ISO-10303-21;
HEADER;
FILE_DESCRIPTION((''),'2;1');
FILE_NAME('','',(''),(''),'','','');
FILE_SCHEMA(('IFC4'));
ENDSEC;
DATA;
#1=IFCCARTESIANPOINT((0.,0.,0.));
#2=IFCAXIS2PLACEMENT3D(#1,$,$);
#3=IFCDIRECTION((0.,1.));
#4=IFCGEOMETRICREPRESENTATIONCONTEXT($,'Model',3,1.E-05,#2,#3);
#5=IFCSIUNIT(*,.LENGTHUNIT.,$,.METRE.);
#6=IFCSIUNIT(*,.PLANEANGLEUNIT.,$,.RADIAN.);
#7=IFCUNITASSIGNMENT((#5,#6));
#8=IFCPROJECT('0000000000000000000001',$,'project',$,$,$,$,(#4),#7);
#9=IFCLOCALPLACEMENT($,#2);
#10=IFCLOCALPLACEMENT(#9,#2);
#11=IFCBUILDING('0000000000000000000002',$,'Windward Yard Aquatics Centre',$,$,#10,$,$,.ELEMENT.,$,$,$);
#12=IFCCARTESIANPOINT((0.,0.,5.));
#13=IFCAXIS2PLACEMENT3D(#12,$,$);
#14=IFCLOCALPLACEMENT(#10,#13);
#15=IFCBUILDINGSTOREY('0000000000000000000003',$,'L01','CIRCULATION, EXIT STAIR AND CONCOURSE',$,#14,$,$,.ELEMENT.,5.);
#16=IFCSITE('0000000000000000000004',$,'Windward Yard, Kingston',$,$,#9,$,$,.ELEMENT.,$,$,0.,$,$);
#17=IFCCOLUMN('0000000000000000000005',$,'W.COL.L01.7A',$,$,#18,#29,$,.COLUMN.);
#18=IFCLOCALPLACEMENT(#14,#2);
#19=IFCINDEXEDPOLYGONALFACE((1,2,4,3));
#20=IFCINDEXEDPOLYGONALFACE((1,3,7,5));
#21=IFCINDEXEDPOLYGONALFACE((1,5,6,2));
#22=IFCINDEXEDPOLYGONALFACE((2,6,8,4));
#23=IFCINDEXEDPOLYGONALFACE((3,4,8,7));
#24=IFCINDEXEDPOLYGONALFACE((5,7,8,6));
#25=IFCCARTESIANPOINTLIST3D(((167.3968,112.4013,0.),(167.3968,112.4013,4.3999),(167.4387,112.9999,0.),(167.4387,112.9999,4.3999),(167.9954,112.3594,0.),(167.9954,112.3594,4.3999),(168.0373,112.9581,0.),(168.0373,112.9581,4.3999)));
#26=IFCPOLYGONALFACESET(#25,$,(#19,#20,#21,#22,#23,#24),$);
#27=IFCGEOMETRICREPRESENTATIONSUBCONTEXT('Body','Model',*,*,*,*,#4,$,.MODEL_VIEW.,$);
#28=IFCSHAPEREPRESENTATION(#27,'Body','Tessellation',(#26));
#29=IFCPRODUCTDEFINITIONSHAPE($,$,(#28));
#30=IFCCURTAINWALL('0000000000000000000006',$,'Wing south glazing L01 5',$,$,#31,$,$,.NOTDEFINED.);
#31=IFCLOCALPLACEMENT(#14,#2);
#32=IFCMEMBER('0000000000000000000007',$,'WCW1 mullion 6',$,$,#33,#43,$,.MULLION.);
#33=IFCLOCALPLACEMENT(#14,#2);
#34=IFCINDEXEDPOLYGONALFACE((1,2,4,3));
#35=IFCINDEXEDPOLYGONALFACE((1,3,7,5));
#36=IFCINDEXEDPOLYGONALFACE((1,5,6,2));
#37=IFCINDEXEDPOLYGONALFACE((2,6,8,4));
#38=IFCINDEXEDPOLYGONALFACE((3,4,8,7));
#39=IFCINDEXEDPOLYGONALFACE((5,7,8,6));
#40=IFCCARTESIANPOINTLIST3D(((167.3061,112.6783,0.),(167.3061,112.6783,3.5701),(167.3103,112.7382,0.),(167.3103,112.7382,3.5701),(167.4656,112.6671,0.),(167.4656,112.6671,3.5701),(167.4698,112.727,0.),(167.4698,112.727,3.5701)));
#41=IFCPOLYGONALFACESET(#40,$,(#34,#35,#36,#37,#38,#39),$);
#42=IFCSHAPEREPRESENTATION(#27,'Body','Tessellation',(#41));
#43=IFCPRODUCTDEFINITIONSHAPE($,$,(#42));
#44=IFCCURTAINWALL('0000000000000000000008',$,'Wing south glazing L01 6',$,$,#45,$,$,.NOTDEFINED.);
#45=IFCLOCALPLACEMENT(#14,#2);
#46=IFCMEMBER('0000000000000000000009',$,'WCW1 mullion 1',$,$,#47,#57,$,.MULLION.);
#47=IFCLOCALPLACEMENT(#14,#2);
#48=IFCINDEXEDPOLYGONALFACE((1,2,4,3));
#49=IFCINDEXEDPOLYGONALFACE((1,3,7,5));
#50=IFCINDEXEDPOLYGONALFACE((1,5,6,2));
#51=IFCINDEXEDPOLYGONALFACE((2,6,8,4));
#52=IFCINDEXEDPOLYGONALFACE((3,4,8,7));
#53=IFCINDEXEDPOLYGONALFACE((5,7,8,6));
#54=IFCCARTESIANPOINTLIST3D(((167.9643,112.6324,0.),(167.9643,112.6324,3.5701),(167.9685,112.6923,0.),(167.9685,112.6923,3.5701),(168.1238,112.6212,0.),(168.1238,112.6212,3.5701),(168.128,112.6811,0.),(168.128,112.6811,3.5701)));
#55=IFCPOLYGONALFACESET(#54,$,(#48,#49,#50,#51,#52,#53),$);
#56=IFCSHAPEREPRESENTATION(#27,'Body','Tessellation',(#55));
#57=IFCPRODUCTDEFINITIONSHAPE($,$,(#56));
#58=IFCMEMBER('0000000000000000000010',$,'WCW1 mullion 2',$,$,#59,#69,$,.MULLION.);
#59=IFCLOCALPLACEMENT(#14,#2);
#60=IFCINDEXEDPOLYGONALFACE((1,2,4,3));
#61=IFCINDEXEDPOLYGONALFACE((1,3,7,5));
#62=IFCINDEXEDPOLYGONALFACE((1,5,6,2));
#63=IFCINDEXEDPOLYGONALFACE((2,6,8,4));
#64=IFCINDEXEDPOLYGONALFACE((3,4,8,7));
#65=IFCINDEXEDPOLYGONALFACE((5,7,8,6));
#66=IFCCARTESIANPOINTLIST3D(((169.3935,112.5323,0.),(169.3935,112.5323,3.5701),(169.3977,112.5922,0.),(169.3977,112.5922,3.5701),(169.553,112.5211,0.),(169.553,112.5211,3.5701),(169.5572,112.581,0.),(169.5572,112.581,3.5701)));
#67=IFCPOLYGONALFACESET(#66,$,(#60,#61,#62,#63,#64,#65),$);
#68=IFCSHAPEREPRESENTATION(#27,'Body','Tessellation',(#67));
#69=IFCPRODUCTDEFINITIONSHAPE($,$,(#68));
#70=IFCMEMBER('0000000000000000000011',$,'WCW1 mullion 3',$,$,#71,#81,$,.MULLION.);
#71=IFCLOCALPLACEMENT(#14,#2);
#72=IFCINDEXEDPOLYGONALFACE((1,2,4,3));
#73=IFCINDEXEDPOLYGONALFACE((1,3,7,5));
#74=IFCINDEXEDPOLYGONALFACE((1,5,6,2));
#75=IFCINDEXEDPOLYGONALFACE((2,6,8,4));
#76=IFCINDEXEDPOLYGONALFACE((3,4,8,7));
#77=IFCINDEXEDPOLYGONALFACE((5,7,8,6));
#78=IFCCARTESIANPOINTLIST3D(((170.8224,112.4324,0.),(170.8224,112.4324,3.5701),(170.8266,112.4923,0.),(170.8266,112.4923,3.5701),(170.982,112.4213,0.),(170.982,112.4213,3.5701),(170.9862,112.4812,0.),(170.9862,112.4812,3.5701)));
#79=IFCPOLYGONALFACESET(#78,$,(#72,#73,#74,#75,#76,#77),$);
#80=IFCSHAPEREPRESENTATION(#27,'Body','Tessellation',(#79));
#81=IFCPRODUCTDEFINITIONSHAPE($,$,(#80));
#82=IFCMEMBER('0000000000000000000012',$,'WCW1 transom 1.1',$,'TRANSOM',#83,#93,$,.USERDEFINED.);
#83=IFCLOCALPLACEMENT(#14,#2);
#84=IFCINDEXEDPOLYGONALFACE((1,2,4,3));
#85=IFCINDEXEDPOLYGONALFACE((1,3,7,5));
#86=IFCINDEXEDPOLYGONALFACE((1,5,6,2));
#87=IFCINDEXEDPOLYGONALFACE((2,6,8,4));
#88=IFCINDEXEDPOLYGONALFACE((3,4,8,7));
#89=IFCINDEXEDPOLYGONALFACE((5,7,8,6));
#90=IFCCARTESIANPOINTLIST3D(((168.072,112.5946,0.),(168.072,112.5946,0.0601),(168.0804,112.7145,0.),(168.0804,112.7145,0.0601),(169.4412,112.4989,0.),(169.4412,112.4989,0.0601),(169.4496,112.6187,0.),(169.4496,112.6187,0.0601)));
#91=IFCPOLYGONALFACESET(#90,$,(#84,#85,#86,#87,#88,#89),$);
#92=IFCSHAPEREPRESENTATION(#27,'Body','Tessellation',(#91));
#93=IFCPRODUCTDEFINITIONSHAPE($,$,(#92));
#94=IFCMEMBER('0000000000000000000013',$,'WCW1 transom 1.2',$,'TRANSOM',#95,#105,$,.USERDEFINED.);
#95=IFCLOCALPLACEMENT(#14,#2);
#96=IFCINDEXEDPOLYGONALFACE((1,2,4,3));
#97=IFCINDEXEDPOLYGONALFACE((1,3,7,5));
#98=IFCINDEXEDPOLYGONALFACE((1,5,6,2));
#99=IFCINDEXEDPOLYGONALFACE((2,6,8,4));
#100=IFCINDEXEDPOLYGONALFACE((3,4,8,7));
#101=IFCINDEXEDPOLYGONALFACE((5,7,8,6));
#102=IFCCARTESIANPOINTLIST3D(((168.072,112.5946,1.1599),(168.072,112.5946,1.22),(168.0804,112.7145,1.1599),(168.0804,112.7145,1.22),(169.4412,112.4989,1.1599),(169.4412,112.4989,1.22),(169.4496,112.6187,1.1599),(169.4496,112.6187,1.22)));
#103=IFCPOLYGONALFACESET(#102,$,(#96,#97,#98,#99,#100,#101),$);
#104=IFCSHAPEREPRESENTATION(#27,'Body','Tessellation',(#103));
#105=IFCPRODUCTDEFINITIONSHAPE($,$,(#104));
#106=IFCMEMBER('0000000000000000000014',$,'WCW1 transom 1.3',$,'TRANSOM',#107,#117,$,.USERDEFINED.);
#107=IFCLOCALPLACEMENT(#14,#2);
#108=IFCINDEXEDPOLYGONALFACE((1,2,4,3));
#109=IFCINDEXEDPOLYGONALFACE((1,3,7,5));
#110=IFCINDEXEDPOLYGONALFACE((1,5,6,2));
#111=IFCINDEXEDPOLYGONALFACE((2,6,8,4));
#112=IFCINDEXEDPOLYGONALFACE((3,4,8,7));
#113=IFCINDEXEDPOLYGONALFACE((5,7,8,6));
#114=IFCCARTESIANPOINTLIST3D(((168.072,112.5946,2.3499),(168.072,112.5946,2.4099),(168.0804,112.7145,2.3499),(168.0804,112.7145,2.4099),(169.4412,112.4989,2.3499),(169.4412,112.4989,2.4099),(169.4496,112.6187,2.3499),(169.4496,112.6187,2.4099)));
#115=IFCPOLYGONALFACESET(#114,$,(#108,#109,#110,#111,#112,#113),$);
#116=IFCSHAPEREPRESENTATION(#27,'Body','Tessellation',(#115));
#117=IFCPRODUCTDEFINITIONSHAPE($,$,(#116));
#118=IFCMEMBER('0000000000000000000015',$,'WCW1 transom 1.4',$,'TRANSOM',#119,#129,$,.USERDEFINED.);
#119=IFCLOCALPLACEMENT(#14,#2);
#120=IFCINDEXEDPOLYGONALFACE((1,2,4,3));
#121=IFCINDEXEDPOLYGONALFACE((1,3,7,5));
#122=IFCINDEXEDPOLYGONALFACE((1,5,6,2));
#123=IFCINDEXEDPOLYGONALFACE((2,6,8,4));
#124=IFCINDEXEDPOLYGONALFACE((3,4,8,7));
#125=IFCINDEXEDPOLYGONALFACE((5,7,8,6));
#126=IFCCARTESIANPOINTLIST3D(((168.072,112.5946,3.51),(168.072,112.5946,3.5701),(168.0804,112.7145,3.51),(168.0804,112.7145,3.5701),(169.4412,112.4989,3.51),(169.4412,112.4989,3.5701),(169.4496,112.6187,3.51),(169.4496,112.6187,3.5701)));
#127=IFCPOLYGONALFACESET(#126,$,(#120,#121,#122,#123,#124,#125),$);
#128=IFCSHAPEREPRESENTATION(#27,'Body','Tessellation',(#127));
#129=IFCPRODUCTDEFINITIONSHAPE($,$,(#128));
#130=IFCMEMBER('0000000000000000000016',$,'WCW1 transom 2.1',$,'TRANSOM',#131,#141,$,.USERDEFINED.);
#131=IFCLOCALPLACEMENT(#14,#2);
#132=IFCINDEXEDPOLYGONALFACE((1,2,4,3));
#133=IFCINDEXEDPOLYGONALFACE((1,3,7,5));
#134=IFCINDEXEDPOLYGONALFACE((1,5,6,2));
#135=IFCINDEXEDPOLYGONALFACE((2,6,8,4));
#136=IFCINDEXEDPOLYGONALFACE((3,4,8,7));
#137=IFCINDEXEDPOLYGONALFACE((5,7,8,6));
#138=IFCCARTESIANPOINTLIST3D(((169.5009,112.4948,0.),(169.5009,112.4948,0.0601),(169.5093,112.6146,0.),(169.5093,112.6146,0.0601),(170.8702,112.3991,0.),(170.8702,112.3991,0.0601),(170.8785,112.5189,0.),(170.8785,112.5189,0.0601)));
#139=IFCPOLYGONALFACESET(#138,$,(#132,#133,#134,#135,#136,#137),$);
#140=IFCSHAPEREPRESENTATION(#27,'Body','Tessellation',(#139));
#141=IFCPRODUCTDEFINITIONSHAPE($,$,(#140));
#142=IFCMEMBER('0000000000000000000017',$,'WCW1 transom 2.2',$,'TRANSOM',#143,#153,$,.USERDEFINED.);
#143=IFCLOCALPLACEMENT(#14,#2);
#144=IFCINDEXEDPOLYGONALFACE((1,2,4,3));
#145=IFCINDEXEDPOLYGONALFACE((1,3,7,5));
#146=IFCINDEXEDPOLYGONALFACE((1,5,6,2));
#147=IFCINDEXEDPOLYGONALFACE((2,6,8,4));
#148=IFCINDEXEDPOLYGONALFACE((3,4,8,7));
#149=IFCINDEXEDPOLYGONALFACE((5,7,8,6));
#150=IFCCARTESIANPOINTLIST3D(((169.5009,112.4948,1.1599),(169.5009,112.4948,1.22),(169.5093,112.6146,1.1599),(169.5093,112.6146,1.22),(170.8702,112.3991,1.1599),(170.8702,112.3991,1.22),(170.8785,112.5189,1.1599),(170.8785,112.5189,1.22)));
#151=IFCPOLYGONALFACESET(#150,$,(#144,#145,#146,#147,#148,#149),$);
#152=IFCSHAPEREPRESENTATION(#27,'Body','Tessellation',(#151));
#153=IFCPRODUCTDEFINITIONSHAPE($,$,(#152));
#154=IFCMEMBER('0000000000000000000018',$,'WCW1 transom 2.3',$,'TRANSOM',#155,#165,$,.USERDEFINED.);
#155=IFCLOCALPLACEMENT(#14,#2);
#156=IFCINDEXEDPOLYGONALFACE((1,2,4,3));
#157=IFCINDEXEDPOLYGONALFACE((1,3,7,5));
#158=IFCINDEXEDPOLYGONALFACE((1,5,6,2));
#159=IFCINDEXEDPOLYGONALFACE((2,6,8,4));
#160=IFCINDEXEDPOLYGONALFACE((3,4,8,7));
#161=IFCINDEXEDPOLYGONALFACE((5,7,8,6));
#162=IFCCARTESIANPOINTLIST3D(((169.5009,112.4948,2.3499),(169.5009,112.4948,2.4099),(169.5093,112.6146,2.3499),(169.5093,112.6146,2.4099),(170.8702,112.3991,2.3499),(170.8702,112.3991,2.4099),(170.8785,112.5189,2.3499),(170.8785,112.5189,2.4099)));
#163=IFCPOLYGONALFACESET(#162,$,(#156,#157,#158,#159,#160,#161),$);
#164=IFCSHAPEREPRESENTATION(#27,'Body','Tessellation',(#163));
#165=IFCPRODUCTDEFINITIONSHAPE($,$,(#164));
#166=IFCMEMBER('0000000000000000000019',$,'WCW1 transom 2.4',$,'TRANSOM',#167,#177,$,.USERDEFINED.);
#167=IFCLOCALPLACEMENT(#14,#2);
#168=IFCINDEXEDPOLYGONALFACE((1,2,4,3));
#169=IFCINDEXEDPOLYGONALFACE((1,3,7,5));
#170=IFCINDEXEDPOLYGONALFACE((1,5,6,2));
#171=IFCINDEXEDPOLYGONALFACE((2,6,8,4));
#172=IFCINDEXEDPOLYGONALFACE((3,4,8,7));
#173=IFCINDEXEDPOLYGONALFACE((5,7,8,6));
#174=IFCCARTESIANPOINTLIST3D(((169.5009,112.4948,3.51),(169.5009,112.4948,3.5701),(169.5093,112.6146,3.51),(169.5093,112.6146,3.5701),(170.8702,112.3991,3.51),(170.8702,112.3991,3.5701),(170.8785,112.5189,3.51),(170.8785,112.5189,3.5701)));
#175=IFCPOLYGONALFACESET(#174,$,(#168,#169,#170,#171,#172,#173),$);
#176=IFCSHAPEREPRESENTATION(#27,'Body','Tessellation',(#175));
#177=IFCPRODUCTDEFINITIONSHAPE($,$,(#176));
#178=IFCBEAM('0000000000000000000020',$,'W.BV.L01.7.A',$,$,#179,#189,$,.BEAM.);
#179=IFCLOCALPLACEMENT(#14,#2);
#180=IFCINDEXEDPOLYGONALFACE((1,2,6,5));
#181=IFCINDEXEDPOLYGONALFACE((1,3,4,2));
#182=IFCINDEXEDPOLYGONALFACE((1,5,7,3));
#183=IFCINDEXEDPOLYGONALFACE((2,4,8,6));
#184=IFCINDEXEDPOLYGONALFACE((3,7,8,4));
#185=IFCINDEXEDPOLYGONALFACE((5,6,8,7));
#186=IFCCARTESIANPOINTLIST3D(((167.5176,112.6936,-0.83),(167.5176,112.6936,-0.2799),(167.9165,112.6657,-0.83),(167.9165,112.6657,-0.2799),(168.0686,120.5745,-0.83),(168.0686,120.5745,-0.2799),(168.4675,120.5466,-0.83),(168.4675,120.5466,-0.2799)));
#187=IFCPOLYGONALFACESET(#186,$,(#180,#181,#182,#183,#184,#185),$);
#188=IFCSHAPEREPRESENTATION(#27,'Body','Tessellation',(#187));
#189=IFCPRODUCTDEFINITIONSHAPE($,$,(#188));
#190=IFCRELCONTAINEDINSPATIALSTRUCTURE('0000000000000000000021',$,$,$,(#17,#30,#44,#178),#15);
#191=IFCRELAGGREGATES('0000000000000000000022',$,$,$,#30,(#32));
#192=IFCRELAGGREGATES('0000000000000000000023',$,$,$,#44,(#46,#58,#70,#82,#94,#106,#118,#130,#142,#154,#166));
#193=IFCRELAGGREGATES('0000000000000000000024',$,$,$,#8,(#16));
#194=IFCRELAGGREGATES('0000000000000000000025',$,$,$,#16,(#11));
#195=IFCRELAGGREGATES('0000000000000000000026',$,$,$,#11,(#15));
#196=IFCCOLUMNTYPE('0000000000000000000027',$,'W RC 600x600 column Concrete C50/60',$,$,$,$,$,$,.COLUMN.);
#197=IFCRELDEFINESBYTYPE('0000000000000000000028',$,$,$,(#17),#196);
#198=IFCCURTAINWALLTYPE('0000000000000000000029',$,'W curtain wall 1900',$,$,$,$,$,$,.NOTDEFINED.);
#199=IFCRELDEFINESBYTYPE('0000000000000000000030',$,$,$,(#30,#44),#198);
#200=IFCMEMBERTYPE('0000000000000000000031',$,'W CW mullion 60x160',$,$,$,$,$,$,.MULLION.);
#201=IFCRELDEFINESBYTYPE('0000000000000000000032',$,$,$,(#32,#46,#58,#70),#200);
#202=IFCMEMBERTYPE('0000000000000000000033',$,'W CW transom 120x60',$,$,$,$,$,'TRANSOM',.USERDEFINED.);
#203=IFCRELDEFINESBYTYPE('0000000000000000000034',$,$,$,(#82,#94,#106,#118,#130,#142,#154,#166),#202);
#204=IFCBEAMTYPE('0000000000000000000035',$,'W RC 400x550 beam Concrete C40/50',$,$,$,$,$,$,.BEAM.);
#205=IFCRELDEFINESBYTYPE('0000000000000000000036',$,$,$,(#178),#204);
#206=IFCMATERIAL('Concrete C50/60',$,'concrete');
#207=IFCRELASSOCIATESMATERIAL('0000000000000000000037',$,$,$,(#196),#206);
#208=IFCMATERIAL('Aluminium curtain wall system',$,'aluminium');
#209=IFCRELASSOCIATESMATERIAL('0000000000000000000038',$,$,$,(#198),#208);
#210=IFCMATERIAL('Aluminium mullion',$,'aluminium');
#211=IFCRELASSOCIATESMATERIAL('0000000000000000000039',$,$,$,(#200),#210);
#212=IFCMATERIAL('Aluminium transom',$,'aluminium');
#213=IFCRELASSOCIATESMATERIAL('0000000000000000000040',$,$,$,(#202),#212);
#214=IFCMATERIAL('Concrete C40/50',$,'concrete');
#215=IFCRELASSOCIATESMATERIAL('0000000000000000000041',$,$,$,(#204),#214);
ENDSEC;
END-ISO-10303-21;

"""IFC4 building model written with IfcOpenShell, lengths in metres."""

from ifc_helpers import new_model, si_unit, direction, frame, origin, origin_2d, place, context, subcontext, project, spatial, rectangle, extrude, material, material_profile, profile_set, type_object, element, aggregate, save


model = new_model("IFC4")

# Units and contexts
model_context = context("Model", 3, precision=1e-05, world=origin(), true_north=direction((0.0, 1.0)))
body_context = subcontext(model_context, "Body", "Model", "MODEL_VIEW")
ifc_project = project(units=[si_unit("LENGTHUNIT", "METRE"), si_unit("PLANEANGLEUNIT", "RADIAN")], contexts=[model_context])

# Site, building, storey
site_placement = place(None, origin())
site = spatial("IfcSite", under=ifc_project, at=site_placement, Name="Windward Yard, Kingston", CompositionType="ELEMENT", RefElevation=0.0)
building_placement = place(site_placement, origin())
building = spatial("IfcBuilding", under=site, at=building_placement, Name="Windward Yard Aquatics Centre", CompositionType="ELEMENT")
storey_placement = place(building_placement, frame((0.0, 0.0, 5.0)))
storey = spatial("IfcBuildingStorey", under=building, at=storey_placement, Name="L01", Description="CIRCULATION, EXIT STAIR AND CONCOURSE", CompositionType="ELEMENT", Elevation=5.0)

# Column
ifc_material_1 = material(Name="Concrete C50/60", Category="concrete")
ifc_material_profile_1 = material_profile(ifc_material_1, rectangle(XDim=0.6001, YDim=0.6001, at=origin_2d()), Name="RC 600x600")
ifc_profile_set_1 = profile_set([ifc_material_profile_1], Name="Concrete C50/60")
column_type = type_object("IfcColumnType", Name="W RC 600x600 column Concrete C50/60", PredefinedType="COLUMN", material=ifc_profile_set_1)
column_placement = place(storey_placement, frame((167.717, 112.6797, 0.0), z_axis=(0.0, 0.0, 1.0), x_axis=(0.997564, -0.069756, 0.0)))
element("IfcColumn", 1, at=column_placement, inside=storey, type_object=column_type, Name="W.COL.L01.7A", PredefinedType="COLUMN", context=body_context, shape_type="SweptSolid", body=[
    extrude(rectangle(XDim=0.6001, YDim=0.6001, at=origin_2d()), origin(), (0.0, 0.0, 1.0), 4.3999),
])

# Curtain wall, member
ifc_material_2 = material(Name="Aluminium curtain wall system", Category="aluminium")
curtain_wall_type = type_object("IfcCurtainWallType", Name="W curtain wall 1900", PredefinedType="NOTDEFINED", material=ifc_material_2)
curtain_wall_1_placement = place(storey_placement, origin())
curtain_wall_1 = element("IfcCurtainWall", 2, at=curtain_wall_1_placement, inside=storey, type_object=curtain_wall_type, Name="Wing south glazing L01 5", PredefinedType="NOTDEFINED")
ifc_material_3 = material(Name="Aluminium mullion", Category="aluminium")
ifc_material_profile_2 = material_profile(ifc_material_3, rectangle(XDim=0.0601, YDim=0.1599, at=origin_2d()), Name="AL 60x160")
ifc_profile_set_2 = profile_set([ifc_material_profile_2], Name="Aluminium mullion")
member_type_1 = type_object("IfcMemberType", Name="W CW mullion 60x160", PredefinedType="MULLION", material=ifc_profile_set_2)
member_1_placement = place(storey_placement, frame((167.3879, 112.7026, 0.0), z_axis=(0.0, 0.0, 1.0), x_axis=(0.069755, 0.997564, 0.0)))
member_1 = element("IfcMember", 3, at=member_1_placement, type_object=member_type_1, Name="WCW1 mullion 6", PredefinedType="MULLION", context=body_context, shape_type="SweptSolid", body=[
    extrude(rectangle(XDim=0.0601, YDim=0.1599, at=origin_2d()), origin(), (0.0, 0.0, 1.0), 3.5701),
])

# Curtain wall, members
curtain_wall_2_placement = place(storey_placement, origin())
curtain_wall_2 = element("IfcCurtainWall", 4, at=curtain_wall_2_placement, inside=storey, type_object=curtain_wall_type, Name="Wing south glazing L01 6", PredefinedType="NOTDEFINED")
member_2_placement = place(storey_placement, frame((168.0461, 112.6567, 0.0), z_axis=(0.0, 0.0, 1.0), x_axis=(0.069777, 0.997563, 0.0)))
member_2 = element("IfcMember", 5, at=member_2_placement, type_object=member_type_1, Name="WCW1 mullion 1", PredefinedType="MULLION", context=body_context, shape_type="SweptSolid", body=[
    extrude(rectangle(XDim=0.0601, YDim=0.1599, at=origin_2d()), origin(), (0.0, 0.0, 1.0), 3.5701),
])
member_3_placement = place(storey_placement, frame((169.4753, 112.5566, 0.0), z_axis=(0.0, 0.0, 1.0), x_axis=(0.069777, 0.997563, 0.0)))
member_3 = element("IfcMember", 6, at=member_3_placement, type_object=member_type_1, Name="WCW1 mullion 2", PredefinedType="MULLION", context=body_context, shape_type="SweptSolid", body=[
    extrude(rectangle(XDim=0.0601, YDim=0.1599, at=origin_2d()), origin(), (0.0, 0.0, 1.0), 3.5701),
])
member_4_placement = place(storey_placement, frame((170.9043, 112.4568, 0.0), z_axis=(0.0, 0.0, 1.0), x_axis=(0.069777, 0.997563, 0.0)))
member_4 = element("IfcMember", 7, at=member_4_placement, type_object=member_type_1, Name="WCW1 mullion 3", PredefinedType="MULLION", context=body_context, shape_type="SweptSolid", body=[
    extrude(rectangle(XDim=0.0601, YDim=0.1599, at=origin_2d()), origin(), (0.0, 0.0, 1.0), 3.5701),
])
ifc_material_4 = material(Name="Aluminium transom", Category="aluminium")
ifc_material_profile_3 = material_profile(ifc_material_4, rectangle(XDim=0.1201, YDim=0.0601, at=origin_2d()), Name="AL 120x60")
ifc_profile_set_3 = profile_set([ifc_material_profile_3], Name="Aluminium transom")
member_type_2 = type_object("IfcMemberType", Name="W CW transom 120x60", ElementType="TRANSOM", PredefinedType="USERDEFINED", material=ifc_profile_set_3)
member_5_placement = place(storey_placement, frame((168.0762, 112.6545, 0.03), z_axis=(0.997566, -0.06973, 0.0), x_axis=(0.06973, 0.997566, 0.0)))
member_5 = element("IfcMember", 8, at=member_5_placement, type_object=member_type_2, Name="WCW1 transom 1.1", ObjectType="TRANSOM", PredefinedType="USERDEFINED", context=body_context, shape_type="SweptSolid", body=[
    extrude(rectangle(XDim=0.1201, YDim=0.0601, at=origin_2d()), origin(), (0.0, 0.0, 1.0), 1.3726),
])
member_6_placement = place(storey_placement, frame((168.0762, 112.6545, 1.1899), z_axis=(0.997566, -0.06973, 0.0), x_axis=(0.06973, 0.997566, 0.0)))
member_6 = element("IfcMember", 9, at=member_6_placement, type_object=member_type_2, Name="WCW1 transom 1.2", ObjectType="TRANSOM", PredefinedType="USERDEFINED", context=body_context, shape_type="SweptSolid", body=[
    extrude(rectangle(XDim=0.1201, YDim=0.0601, at=origin_2d()), origin(), (0.0, 0.0, 1.0), 1.3726),
])
member_7_placement = place(storey_placement, frame((168.0762, 112.6545, 2.3799), z_axis=(0.997566, -0.06973, 0.0), x_axis=(0.06973, 0.997566, 0.0)))
member_7 = element("IfcMember", 10, at=member_7_placement, type_object=member_type_2, Name="WCW1 transom 1.3", ObjectType="TRANSOM", PredefinedType="USERDEFINED", context=body_context, shape_type="SweptSolid", body=[
    extrude(rectangle(XDim=0.1201, YDim=0.0601, at=origin_2d()), origin(), (0.0, 0.0, 1.0), 1.3726),
])
member_8_placement = place(storey_placement, frame((168.0762, 112.6545, 3.54), z_axis=(0.997566, -0.06973, 0.0), x_axis=(0.06973, 0.997566, 0.0)))
member_8 = element("IfcMember", 11, at=member_8_placement, type_object=member_type_2, Name="WCW1 transom 1.4", ObjectType="TRANSOM", PredefinedType="USERDEFINED", context=body_context, shape_type="SweptSolid", body=[
    extrude(rectangle(XDim=0.1201, YDim=0.0601, at=origin_2d()), origin(), (0.0, 0.0, 1.0), 1.3726),
])
member_9_placement = place(storey_placement, frame((169.5051, 112.5547, 0.03), z_axis=(0.997566, -0.06973, 0.0), x_axis=(0.06973, 0.997566, 0.0)))
member_9 = element("IfcMember", 12, at=member_9_placement, type_object=member_type_2, Name="WCW1 transom 2.1", ObjectType="TRANSOM", PredefinedType="USERDEFINED", context=body_context, shape_type="SweptSolid", body=[
    extrude(rectangle(XDim=0.1201, YDim=0.0601, at=origin_2d()), origin(), (0.0, 0.0, 1.0), 1.3726),
])
member_10_placement = place(storey_placement, frame((169.5051, 112.5547, 1.1899), z_axis=(0.997566, -0.06973, 0.0), x_axis=(0.06973, 0.997566, 0.0)))
member_10 = element("IfcMember", 13, at=member_10_placement, type_object=member_type_2, Name="WCW1 transom 2.2", ObjectType="TRANSOM", PredefinedType="USERDEFINED", context=body_context, shape_type="SweptSolid", body=[
    extrude(rectangle(XDim=0.1201, YDim=0.0601, at=origin_2d()), origin(), (0.0, 0.0, 1.0), 1.3726),
])
member_11_placement = place(storey_placement, frame((169.5051, 112.5547, 2.3799), z_axis=(0.997566, -0.06973, 0.0), x_axis=(0.06973, 0.997566, 0.0)))
member_11 = element("IfcMember", 14, at=member_11_placement, type_object=member_type_2, Name="WCW1 transom 2.3", ObjectType="TRANSOM", PredefinedType="USERDEFINED", context=body_context, shape_type="SweptSolid", body=[
    extrude(rectangle(XDim=0.1201, YDim=0.0601, at=origin_2d()), origin(), (0.0, 0.0, 1.0), 1.3726),
])
member_12_placement = place(storey_placement, frame((169.5051, 112.5547, 3.54), z_axis=(0.997566, -0.06973, 0.0), x_axis=(0.06973, 0.997566, 0.0)))
member_12 = element("IfcMember", 15, at=member_12_placement, type_object=member_type_2, Name="WCW1 transom 2.4", ObjectType="TRANSOM", PredefinedType="USERDEFINED", context=body_context, shape_type="SweptSolid", body=[
    extrude(rectangle(XDim=0.1201, YDim=0.0601, at=origin_2d()), origin(), (0.0, 0.0, 1.0), 1.3726),
])

# Beam
ifc_material_5 = material(Name="Concrete C40/50", Category="concrete")
ifc_material_profile_4 = material_profile(ifc_material_5, rectangle(XDim=0.3999, YDim=0.55, at=origin_2d()), Name="RC 400x550")
ifc_profile_set_4 = profile_set([ifc_material_profile_4], Name="Concrete C40/50")
beam_type = type_object("IfcBeamType", Name="W RC 400x550 beam Concrete C40/50", PredefinedType="BEAM", material=ifc_profile_set_4)
beam_placement = place(storey_placement, frame((167.717, 112.6797, -0.5549), z_axis=(0.069749, 0.997565, 0.0), x_axis=(-0.997565, 0.069749, 0.0)))
element("IfcBeam", 16, at=beam_placement, inside=storey, type_object=beam_type, Name="W.BV.L01.7.A", PredefinedType="BEAM", context=body_context, shape_type="SweptSolid", body=[
    extrude(rectangle(XDim=0.3999, YDim=0.55, at=origin_2d()), origin(), (0.0, 0.0, 1.0), 7.9001),
])

aggregate(curtain_wall_1, [member_1])
aggregate(curtain_wall_2, [member_2, member_3, member_4, member_5, member_6, member_7, member_8, member_9, member_10, member_11, member_12])

save(model, "model.ifc")
